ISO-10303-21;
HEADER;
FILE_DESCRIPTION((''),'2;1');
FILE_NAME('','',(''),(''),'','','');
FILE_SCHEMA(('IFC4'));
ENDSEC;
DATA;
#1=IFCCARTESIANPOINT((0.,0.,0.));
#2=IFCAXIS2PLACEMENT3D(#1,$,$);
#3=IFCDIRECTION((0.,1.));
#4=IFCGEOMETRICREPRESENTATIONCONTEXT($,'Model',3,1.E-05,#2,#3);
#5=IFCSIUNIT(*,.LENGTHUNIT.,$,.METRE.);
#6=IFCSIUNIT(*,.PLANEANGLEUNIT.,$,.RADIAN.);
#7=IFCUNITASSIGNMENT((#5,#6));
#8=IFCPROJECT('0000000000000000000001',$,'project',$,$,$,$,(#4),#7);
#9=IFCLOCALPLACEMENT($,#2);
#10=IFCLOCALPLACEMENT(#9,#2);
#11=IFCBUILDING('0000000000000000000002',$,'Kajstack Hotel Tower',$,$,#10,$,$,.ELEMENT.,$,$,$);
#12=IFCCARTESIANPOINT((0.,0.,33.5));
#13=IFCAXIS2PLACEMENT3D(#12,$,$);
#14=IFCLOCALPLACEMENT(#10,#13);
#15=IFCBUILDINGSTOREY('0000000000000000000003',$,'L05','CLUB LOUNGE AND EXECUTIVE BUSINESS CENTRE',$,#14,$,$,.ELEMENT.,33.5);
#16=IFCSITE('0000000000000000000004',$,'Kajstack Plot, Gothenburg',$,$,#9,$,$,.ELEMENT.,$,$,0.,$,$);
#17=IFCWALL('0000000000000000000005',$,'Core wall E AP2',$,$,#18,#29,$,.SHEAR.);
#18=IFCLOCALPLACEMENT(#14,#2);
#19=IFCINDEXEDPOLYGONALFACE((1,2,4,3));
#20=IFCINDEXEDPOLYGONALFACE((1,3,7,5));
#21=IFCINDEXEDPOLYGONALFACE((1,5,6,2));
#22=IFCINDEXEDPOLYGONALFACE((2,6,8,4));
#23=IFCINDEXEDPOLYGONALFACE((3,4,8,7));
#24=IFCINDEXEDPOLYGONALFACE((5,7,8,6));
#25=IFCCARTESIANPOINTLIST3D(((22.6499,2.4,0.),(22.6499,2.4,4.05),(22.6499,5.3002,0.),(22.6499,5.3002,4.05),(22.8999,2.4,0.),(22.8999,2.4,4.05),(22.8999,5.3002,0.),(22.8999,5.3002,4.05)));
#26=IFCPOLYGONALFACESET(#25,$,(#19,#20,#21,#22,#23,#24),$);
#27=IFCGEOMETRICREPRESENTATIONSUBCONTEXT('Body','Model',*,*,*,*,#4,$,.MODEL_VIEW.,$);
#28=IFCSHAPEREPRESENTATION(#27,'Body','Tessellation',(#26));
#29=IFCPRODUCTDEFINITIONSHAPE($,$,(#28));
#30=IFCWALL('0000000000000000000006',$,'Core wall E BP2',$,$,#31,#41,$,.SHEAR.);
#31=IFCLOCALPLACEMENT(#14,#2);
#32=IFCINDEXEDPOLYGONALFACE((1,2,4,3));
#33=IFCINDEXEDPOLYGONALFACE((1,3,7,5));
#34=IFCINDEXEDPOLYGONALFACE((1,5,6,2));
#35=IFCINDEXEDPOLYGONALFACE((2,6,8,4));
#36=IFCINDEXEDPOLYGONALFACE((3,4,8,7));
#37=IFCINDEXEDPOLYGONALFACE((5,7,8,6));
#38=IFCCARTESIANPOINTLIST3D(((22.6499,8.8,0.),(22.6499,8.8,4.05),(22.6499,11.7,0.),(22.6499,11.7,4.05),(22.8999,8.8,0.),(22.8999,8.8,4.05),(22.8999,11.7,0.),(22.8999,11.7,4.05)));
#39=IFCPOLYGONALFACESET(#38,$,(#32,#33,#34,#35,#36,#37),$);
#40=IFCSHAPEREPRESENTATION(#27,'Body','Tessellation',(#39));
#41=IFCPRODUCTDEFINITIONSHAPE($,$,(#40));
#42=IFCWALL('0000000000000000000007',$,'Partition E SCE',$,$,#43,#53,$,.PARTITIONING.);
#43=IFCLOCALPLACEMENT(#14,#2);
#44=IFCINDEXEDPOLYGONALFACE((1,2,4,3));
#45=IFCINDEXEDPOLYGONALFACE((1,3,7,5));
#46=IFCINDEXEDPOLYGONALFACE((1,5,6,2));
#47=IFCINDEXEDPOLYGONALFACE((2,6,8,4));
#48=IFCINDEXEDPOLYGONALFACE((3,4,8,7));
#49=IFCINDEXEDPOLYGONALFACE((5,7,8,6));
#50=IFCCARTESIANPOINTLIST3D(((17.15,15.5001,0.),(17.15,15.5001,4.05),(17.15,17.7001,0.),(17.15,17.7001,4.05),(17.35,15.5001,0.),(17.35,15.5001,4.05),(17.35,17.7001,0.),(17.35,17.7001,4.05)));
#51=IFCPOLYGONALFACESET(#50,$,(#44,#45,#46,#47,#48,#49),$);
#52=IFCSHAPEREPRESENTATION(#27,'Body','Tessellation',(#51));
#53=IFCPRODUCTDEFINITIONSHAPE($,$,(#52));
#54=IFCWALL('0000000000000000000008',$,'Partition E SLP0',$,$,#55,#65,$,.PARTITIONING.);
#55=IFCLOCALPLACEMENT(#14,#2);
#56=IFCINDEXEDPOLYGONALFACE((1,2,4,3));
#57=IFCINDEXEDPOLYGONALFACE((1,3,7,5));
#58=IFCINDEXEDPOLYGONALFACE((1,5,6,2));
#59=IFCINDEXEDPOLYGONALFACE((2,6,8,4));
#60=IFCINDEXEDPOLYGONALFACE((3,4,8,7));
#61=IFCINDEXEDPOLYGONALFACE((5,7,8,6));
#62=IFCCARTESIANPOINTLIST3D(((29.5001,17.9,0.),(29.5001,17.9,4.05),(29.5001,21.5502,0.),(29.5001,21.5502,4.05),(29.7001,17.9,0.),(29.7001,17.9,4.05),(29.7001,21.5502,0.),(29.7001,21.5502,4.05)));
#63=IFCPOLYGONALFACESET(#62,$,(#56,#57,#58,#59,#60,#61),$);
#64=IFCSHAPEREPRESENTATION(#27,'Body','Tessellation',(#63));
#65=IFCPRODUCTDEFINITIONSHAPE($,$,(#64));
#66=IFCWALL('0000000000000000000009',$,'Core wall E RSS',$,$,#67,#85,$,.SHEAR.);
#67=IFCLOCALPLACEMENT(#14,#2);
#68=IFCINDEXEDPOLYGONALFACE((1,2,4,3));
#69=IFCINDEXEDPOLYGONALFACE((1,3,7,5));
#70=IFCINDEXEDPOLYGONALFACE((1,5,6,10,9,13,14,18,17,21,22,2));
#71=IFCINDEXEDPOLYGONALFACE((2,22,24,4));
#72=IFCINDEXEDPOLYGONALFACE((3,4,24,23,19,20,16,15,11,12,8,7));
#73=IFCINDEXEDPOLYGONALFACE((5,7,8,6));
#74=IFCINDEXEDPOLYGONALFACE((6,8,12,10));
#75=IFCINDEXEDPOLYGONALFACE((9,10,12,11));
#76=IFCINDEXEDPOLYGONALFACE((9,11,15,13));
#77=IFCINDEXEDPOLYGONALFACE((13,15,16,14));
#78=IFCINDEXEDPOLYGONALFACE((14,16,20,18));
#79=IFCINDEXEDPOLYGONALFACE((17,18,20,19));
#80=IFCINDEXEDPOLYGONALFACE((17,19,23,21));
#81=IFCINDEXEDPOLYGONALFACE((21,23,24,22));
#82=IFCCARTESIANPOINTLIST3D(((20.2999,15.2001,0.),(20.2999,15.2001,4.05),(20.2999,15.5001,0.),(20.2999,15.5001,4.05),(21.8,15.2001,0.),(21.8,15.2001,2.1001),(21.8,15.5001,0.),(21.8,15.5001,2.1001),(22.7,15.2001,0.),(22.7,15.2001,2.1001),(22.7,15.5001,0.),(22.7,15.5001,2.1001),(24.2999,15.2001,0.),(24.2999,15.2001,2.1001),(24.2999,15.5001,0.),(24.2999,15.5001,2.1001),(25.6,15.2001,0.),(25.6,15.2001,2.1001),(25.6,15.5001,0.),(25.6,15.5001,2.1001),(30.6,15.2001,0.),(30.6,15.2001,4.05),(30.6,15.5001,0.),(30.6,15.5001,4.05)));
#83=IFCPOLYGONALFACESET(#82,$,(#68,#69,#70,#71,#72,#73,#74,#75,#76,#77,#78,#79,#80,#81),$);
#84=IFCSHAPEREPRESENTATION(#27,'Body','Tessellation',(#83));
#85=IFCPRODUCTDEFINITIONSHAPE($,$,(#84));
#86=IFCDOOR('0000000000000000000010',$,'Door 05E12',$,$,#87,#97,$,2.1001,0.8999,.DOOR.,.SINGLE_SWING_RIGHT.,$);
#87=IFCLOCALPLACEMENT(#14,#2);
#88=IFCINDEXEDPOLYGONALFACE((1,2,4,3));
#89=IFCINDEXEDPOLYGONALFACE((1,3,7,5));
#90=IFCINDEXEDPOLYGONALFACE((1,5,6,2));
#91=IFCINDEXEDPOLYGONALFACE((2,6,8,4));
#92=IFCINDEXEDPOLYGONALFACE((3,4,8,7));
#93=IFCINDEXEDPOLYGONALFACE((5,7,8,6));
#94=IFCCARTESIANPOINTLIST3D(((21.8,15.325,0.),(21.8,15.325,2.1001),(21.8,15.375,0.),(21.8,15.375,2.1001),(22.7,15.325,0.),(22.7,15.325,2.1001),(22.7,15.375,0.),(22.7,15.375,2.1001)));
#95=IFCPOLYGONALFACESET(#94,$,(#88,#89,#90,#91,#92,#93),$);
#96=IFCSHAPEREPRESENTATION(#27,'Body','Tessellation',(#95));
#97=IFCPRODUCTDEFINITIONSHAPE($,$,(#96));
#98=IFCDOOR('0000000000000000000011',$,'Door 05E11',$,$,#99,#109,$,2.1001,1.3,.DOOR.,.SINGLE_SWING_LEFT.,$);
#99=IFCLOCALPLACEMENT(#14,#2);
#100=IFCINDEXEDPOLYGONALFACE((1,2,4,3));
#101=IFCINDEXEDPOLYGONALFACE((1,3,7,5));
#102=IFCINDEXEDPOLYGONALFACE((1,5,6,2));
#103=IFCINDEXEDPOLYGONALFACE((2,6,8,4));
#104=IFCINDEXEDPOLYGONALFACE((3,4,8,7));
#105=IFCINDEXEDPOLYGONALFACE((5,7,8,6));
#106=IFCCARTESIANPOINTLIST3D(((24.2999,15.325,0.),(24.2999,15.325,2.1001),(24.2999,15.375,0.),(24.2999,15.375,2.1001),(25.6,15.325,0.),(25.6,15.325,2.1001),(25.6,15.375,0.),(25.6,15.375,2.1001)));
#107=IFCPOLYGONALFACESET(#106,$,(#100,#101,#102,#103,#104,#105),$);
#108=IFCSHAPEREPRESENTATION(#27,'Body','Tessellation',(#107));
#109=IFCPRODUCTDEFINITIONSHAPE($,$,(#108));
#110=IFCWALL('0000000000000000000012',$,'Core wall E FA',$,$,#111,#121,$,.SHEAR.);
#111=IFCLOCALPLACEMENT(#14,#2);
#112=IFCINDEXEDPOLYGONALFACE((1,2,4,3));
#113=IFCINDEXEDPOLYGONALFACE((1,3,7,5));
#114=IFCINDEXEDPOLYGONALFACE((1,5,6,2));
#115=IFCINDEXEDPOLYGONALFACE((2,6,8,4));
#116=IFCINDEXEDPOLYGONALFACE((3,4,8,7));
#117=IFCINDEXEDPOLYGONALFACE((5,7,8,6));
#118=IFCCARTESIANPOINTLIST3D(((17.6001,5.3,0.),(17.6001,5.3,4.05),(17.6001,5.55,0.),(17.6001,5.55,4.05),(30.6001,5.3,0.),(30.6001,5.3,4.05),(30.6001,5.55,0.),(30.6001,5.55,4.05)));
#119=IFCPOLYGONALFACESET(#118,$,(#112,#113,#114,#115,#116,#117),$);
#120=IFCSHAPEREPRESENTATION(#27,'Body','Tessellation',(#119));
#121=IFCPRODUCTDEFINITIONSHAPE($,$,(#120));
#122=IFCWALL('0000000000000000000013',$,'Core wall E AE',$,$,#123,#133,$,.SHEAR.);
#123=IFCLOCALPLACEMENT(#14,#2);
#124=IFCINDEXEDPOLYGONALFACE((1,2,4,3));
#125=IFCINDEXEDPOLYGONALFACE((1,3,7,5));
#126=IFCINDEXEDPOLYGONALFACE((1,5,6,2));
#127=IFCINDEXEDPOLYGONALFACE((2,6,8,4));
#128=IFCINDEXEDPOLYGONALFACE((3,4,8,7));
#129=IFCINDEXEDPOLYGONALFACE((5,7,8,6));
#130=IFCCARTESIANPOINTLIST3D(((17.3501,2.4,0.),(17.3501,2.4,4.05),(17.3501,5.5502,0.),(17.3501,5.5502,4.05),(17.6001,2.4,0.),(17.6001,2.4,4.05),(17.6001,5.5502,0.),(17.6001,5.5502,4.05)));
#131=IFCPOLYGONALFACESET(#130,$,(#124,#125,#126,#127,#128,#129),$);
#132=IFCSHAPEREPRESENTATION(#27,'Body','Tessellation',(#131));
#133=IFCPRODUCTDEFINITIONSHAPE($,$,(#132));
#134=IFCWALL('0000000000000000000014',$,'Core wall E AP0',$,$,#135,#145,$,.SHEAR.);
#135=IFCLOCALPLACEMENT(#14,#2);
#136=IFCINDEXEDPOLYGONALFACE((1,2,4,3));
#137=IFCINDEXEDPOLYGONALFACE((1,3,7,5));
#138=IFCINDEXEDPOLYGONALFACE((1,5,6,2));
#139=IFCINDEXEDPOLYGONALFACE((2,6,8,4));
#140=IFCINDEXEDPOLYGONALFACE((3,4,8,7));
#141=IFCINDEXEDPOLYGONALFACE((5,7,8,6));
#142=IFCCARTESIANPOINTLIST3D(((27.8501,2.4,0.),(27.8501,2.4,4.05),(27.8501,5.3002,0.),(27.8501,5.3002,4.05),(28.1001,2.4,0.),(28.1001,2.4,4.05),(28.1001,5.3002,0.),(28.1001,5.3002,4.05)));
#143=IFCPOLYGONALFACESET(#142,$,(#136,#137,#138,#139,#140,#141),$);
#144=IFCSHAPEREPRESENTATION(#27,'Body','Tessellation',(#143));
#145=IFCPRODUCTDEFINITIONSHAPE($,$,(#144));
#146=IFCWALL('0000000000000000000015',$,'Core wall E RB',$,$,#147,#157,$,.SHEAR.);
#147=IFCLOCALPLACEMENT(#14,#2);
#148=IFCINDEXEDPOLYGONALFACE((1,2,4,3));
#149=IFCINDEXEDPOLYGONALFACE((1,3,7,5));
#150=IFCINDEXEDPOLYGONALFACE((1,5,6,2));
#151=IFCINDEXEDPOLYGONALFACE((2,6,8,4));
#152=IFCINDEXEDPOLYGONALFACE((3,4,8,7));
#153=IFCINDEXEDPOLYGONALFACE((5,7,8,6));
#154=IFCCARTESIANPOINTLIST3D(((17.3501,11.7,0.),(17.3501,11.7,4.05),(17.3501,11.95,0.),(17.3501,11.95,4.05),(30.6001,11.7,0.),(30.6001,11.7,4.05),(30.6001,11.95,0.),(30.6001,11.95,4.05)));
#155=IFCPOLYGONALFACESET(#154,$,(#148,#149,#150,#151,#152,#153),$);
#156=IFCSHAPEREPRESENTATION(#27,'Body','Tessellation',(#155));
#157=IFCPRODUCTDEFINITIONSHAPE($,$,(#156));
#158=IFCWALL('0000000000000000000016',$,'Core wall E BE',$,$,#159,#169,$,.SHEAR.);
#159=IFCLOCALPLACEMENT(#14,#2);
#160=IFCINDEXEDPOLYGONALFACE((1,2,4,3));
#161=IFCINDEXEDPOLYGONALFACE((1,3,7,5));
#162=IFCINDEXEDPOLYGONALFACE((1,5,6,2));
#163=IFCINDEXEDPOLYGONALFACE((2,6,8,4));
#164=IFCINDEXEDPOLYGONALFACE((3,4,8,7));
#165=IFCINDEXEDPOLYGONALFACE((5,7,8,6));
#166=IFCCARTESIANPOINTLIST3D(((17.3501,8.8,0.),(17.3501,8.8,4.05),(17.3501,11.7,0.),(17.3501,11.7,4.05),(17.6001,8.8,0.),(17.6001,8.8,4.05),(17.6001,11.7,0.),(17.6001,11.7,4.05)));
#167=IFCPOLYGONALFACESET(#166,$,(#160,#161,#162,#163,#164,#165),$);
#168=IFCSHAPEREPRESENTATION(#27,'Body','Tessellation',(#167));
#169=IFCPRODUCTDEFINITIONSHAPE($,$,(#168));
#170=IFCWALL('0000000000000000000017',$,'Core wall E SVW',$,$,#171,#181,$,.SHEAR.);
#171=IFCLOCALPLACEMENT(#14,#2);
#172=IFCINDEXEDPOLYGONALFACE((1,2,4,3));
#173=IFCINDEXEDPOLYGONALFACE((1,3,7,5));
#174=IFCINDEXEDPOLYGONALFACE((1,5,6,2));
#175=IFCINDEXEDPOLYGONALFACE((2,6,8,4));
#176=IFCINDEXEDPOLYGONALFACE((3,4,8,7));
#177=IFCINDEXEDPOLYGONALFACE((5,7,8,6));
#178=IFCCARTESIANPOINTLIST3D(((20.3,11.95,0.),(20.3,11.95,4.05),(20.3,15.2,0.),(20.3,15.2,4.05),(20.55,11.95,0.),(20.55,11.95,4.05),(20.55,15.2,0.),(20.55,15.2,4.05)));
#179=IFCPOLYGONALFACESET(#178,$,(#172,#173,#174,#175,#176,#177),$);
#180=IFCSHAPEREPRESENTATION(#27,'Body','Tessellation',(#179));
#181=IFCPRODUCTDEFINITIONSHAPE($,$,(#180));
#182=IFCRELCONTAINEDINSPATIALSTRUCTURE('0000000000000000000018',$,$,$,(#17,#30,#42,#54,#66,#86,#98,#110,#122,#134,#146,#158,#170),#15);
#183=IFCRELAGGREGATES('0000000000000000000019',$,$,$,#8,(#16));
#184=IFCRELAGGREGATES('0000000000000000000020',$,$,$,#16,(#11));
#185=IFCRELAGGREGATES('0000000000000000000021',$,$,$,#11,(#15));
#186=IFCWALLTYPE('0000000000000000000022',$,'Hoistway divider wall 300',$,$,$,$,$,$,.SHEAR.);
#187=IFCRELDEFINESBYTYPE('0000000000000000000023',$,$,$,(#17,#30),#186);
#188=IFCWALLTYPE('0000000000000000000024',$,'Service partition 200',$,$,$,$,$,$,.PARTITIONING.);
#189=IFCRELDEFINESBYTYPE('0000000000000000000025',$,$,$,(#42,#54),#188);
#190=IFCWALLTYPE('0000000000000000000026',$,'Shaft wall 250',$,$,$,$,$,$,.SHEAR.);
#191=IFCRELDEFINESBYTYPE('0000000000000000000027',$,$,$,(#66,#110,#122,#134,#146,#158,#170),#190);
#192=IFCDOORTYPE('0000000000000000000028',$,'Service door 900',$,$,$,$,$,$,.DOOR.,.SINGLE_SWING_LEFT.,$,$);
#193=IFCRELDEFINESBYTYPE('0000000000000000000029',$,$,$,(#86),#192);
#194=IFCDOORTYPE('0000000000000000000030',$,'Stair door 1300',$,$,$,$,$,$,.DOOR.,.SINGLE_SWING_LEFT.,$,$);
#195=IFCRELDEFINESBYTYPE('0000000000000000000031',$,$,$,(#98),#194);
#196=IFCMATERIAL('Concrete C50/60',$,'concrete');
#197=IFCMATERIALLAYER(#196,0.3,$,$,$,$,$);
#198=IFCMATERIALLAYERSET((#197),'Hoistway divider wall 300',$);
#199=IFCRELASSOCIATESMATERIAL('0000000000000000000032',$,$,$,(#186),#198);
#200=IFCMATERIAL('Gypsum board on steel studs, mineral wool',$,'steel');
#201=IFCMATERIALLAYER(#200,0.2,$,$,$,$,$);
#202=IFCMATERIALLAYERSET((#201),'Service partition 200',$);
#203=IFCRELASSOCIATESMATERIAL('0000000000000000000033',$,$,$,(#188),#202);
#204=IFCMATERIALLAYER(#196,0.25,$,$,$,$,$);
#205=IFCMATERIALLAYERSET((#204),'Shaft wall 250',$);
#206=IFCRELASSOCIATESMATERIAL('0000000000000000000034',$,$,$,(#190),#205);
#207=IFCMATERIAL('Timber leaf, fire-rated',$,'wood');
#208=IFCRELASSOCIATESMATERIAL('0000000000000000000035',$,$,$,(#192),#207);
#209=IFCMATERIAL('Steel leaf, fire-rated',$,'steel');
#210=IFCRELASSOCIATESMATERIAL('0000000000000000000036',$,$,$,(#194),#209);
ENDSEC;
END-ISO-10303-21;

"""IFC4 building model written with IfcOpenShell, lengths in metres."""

from ifc_helpers import new_model, si_unit, direction, frame, frame_2d, origin, place, context, subcontext, project, spatial, rectangle, extrude, material, layer, layer_set, type_object, element, fill, save


model = new_model("IFC4")

# Units and contexts
model_context = context("Model", 3, precision=1e-05, world=origin(), true_north=direction((0.0, 1.0)))
body_context = subcontext(model_context, "Body", "Model", "MODEL_VIEW")
ifc_project = project(units=[si_unit("LENGTHUNIT", "METRE"), si_unit("PLANEANGLEUNIT", "RADIAN")], contexts=[model_context])

# Site, building, storey
site_placement = place(None, origin())
site = spatial("IfcSite", under=ifc_project, at=site_placement, Name="Kajstack Plot, Gothenburg", CompositionType="ELEMENT", RefElevation=0.0)
building_placement = place(site_placement, origin())
building = spatial("IfcBuilding", under=site, at=building_placement, Name="Kajstack Hotel Tower", CompositionType="ELEMENT")
storey_placement = place(building_placement, frame((0.0, 0.0, 33.5)))
storey = spatial("IfcBuildingStorey", under=building, at=storey_placement, Name="L05", Description="CLUB LOUNGE AND EXECUTIVE BUSINESS CENTRE", CompositionType="ELEMENT", Elevation=33.5)

# Walls
ifc_material_1 = material(Name="Concrete C50/60", Category="concrete")
ifc_layer_1 = layer(ifc_material_1, 0.3)
ifc_layer_set_1 = layer_set([ifc_layer_1], Name="Hoistway divider wall 300")
wall_type_1 = type_object("IfcWallType", Name="Hoistway divider wall 300", PredefinedType="SHEAR", material=ifc_layer_set_1)
wall_1_placement = place(storey_placement, frame((22.7749, 2.3999, 0.0), z_axis=(0.0, 0.0, 1.0), x_axis=(0.0, 1.0, 0.0)))
element("IfcWall", 1, at=wall_1_placement, inside=storey, type_object=wall_type_1, Name="Core wall E AP2", PredefinedType="SHEAR", context=body_context, shape_type="SweptSolid", body=[
    extrude(rectangle(XDim=2.9001, YDim=0.25, at=frame_2d((1.4502, 0.0))), origin(), (0.0, 0.0, 1.0), 4.05),
])
wall_2_placement = place(storey_placement, frame((22.7749, 8.8, 0.0), z_axis=(0.0, 0.0, 1.0), x_axis=(0.0, 1.0, 0.0)))
element("IfcWall", 2, at=wall_2_placement, inside=storey, type_object=wall_type_1, Name="Core wall E BP2", PredefinedType="SHEAR", context=body_context, shape_type="SweptSolid", body=[
    extrude(rectangle(XDim=2.8999, YDim=0.25, at=frame_2d((1.45, 0.0))), origin(), (0.0, 0.0, 1.0), 4.05),
])
ifc_material_2 = material(Name="Gypsum board on steel studs, mineral wool", Category="steel")
ifc_layer_2 = layer(ifc_material_2, 0.2)
ifc_layer_set_2 = layer_set([ifc_layer_2], Name="Service partition 200")
wall_type_2 = type_object("IfcWallType", Name="Service partition 200", PredefinedType="PARTITIONING", material=ifc_layer_set_2)
wall_3_placement = place(storey_placement, frame((17.25, 15.5, 0.0), z_axis=(0.0, 0.0, 1.0), x_axis=(0.0, 1.0, 0.0)))
element("IfcWall", 3, at=wall_3_placement, inside=storey, type_object=wall_type_2, Name="Partition E SCE", PredefinedType="PARTITIONING", context=body_context, shape_type="SweptSolid", body=[
    extrude(rectangle(XDim=2.2, YDim=0.2, at=frame_2d((1.1001, 0.0))), origin(), (0.0, 0.0, 1.0), 4.05),
])
wall_4_placement = place(storey_placement, frame((29.6001, 17.8999, 0.0), z_axis=(0.0, 0.0, 1.0), x_axis=(0.0, 1.0, 0.0)))
element("IfcWall", 4, at=wall_4_placement, inside=storey, type_object=wall_type_2, Name="Partition E SLP0", PredefinedType="PARTITIONING", context=body_context, shape_type="SweptSolid", body=[
    extrude(rectangle(XDim=3.6501, YDim=0.2, at=frame_2d((1.8252, 0.0))), origin(), (0.0, 0.0, 1.0), 4.05),
])

# Wall, openings, doors
ifc_layer_3 = layer(ifc_material_1, 0.25)
ifc_layer_set_3 = layer_set([ifc_layer_3], Name="Shaft wall 250")
wall_type_3 = type_object("IfcWallType", Name="Shaft wall 250", PredefinedType="SHEAR", material=ifc_layer_set_3)
wall_5_placement = place(storey_placement, frame((20.3, 15.3501, 0.0), z_axis=(0.0, 0.0, 1.0), x_axis=(1.0, 0.0, 0.0)))
wall_5 = element("IfcWall", 5, at=wall_5_placement, inside=storey, type_object=wall_type_3, Name="Core wall E RSS", PredefinedType="SHEAR", context=body_context, shape_type="SweptSolid", body=[
    extrude(rectangle(XDim=10.3, YDim=0.3, at=frame_2d((5.1499, 0.0))), origin(), (0.0, 0.0, 1.0), 4.05),
])
opening_1_placement = place(wall_5_placement, frame((4.0, 0.0, 0.0)))
opening_1 = element("IfcOpeningElement", 6, at=opening_1_placement, cuts=wall_5, PredefinedType="OPENING", context=body_context, shape_type="SweptSolid", body=[
    extrude(rectangle(XDim=1.3, YDim=2.1001, at=frame_2d((0.6499, 1.05))), frame((0.0, 0.1599, 0.0), z_axis=(0.0, -1.0, 0.0), x_axis=(1.0, 0.0, 0.0)), (0.0, 0.0, 1.0), 0.3201),
])
opening_2_placement = place(wall_5_placement, frame((1.5, 0.0, 0.0)))
opening_2 = element("IfcOpeningElement", 7, at=opening_2_placement, cuts=wall_5, PredefinedType="OPENING", context=body_context, shape_type="SweptSolid", body=[
    extrude(rectangle(XDim=0.8999, YDim=2.1001, at=frame_2d((0.45, 1.05))), frame((0.0, 0.1599, 0.0), z_axis=(0.0, -1.0, 0.0), x_axis=(1.0, 0.0, 0.0)), (0.0, 0.0, 1.0), 0.3201),
])
ifc_material_3 = material(Name="Timber leaf, fire-rated", Category="wood")
door_type_1 = type_object("IfcDoorType", Name="Service door 900", OperationType="SINGLE_SWING_LEFT", PredefinedType="DOOR", material=ifc_material_3)
door_1_placement = place(opening_2_placement, origin())
door_1 = element("IfcDoor", 8, at=door_1_placement, inside=storey, type_object=door_type_1, Name="Door 05E12", OperationType="SINGLE_SWING_RIGHT", OverallHeight=2.1001, OverallWidth=0.8999, PredefinedType="DOOR", context=body_context, shape_type="SweptSolid", body=[
    extrude(rectangle(XDim=0.8999, YDim=2.1001, at=frame_2d((0.45, 1.05))), frame((0.0, 0.0249, 0.0), z_axis=(0.0, -1.0, 0.0), x_axis=(1.0, 0.0, 0.0)), (0.0, 0.0, 1.0), 0.05),
])
fill(opening_2, door_1)
ifc_material_4 = material(Name="Steel leaf, fire-rated", Category="steel")
door_type_2 = type_object("IfcDoorType", Name="Stair door 1300", OperationType="SINGLE_SWING_LEFT", PredefinedType="DOOR", material=ifc_material_4)
door_2_placement = place(opening_1_placement, origin())
door_2 = element("IfcDoor", 9, at=door_2_placement, inside=storey, type_object=door_type_2, Name="Door 05E11", OperationType="SINGLE_SWING_LEFT", OverallHeight=2.1001, OverallWidth=1.3, PredefinedType="DOOR", context=body_context, shape_type="SweptSolid", body=[
    extrude(rectangle(XDim=1.3, YDim=2.1001, at=frame_2d((0.6499, 1.05))), frame((0.0, 0.0249, 0.0), z_axis=(0.0, -1.0, 0.0), x_axis=(1.0, 0.0, 0.0)), (0.0, 0.0, 1.0), 0.05),
])
fill(opening_1, door_2)

# Walls
wall_6_placement = place(storey_placement, frame((17.6001, 5.425, 0.0), z_axis=(0.0, 0.0, 1.0), x_axis=(1.0, 0.0, 0.0)))
element("IfcWall", 10, at=wall_6_placement, inside=storey, type_object=wall_type_3, Name="Core wall E FA", PredefinedType="SHEAR", context=body_context, shape_type="SweptSolid", body=[
    extrude(rectangle(XDim=13.0, YDim=0.25, at=frame_2d((6.5, 0.0))), origin(), (0.0, 0.0, 1.0), 4.05),
])
wall_7_placement = place(storey_placement, frame((17.4751, 2.3999, 0.0), z_axis=(0.0, 0.0, 1.0), x_axis=(0.0, 1.0, 0.0)))
element("IfcWall", 11, at=wall_7_placement, inside=storey, type_object=wall_type_3, Name="Core wall E AE", PredefinedType="SHEAR", context=body_context, shape_type="SweptSolid", body=[
    extrude(rectangle(XDim=3.1501, YDim=0.25, at=frame_2d((1.5752, 0.0))), origin(), (0.0, 0.0, 1.0), 4.05),
])
wall_8_placement = place(storey_placement, frame((27.9751, 2.3999, 0.0), z_axis=(0.0, 0.0, 1.0), x_axis=(0.0, 1.0, 0.0)))
element("IfcWall", 12, at=wall_8_placement, inside=storey, type_object=wall_type_3, Name="Core wall E AP0", PredefinedType="SHEAR", context=body_context, shape_type="SweptSolid", body=[
    extrude(rectangle(XDim=2.9001, YDim=0.25, at=frame_2d((1.4502, 0.0))), origin(), (0.0, 0.0, 1.0), 4.05),
])
wall_9_placement = place(storey_placement, frame((17.3501, 11.825, 0.0), z_axis=(0.0, 0.0, 1.0), x_axis=(1.0, 0.0, 0.0)))
element("IfcWall", 13, at=wall_9_placement, inside=storey, type_object=wall_type_3, Name="Core wall E RB", PredefinedType="SHEAR", context=body_context, shape_type="SweptSolid", body=[
    extrude(rectangle(XDim=13.25, YDim=0.25, at=frame_2d((6.625, 0.0))), origin(), (0.0, 0.0, 1.0), 4.05),
])
wall_10_placement = place(storey_placement, frame((17.4751, 8.8, 0.0), z_axis=(0.0, 0.0, 1.0), x_axis=(0.0, 1.0, 0.0)))
element("IfcWall", 14, at=wall_10_placement, inside=storey, type_object=wall_type_3, Name="Core wall E BE", PredefinedType="SHEAR", context=body_context, shape_type="SweptSolid", body=[
    extrude(rectangle(XDim=2.8999, YDim=0.25, at=frame_2d((1.45, 0.0))), origin(), (0.0, 0.0, 1.0), 4.05),
])
wall_11_placement = place(storey_placement, frame((20.425, 11.95, 0.0), z_axis=(0.0, 0.0, 1.0), x_axis=(0.0, 1.0, 0.0)))
element("IfcWall", 15, at=wall_11_placement, inside=storey, type_object=wall_type_3, Name="Core wall E SVW", PredefinedType="SHEAR", context=body_context, shape_type="SweptSolid", body=[
    extrude(rectangle(XDim=3.25, YDim=0.25, at=frame_2d((1.625, 0.0))), origin(), (0.0, 0.0, 1.0), 4.05),
])

save(model, "model.ifc")
